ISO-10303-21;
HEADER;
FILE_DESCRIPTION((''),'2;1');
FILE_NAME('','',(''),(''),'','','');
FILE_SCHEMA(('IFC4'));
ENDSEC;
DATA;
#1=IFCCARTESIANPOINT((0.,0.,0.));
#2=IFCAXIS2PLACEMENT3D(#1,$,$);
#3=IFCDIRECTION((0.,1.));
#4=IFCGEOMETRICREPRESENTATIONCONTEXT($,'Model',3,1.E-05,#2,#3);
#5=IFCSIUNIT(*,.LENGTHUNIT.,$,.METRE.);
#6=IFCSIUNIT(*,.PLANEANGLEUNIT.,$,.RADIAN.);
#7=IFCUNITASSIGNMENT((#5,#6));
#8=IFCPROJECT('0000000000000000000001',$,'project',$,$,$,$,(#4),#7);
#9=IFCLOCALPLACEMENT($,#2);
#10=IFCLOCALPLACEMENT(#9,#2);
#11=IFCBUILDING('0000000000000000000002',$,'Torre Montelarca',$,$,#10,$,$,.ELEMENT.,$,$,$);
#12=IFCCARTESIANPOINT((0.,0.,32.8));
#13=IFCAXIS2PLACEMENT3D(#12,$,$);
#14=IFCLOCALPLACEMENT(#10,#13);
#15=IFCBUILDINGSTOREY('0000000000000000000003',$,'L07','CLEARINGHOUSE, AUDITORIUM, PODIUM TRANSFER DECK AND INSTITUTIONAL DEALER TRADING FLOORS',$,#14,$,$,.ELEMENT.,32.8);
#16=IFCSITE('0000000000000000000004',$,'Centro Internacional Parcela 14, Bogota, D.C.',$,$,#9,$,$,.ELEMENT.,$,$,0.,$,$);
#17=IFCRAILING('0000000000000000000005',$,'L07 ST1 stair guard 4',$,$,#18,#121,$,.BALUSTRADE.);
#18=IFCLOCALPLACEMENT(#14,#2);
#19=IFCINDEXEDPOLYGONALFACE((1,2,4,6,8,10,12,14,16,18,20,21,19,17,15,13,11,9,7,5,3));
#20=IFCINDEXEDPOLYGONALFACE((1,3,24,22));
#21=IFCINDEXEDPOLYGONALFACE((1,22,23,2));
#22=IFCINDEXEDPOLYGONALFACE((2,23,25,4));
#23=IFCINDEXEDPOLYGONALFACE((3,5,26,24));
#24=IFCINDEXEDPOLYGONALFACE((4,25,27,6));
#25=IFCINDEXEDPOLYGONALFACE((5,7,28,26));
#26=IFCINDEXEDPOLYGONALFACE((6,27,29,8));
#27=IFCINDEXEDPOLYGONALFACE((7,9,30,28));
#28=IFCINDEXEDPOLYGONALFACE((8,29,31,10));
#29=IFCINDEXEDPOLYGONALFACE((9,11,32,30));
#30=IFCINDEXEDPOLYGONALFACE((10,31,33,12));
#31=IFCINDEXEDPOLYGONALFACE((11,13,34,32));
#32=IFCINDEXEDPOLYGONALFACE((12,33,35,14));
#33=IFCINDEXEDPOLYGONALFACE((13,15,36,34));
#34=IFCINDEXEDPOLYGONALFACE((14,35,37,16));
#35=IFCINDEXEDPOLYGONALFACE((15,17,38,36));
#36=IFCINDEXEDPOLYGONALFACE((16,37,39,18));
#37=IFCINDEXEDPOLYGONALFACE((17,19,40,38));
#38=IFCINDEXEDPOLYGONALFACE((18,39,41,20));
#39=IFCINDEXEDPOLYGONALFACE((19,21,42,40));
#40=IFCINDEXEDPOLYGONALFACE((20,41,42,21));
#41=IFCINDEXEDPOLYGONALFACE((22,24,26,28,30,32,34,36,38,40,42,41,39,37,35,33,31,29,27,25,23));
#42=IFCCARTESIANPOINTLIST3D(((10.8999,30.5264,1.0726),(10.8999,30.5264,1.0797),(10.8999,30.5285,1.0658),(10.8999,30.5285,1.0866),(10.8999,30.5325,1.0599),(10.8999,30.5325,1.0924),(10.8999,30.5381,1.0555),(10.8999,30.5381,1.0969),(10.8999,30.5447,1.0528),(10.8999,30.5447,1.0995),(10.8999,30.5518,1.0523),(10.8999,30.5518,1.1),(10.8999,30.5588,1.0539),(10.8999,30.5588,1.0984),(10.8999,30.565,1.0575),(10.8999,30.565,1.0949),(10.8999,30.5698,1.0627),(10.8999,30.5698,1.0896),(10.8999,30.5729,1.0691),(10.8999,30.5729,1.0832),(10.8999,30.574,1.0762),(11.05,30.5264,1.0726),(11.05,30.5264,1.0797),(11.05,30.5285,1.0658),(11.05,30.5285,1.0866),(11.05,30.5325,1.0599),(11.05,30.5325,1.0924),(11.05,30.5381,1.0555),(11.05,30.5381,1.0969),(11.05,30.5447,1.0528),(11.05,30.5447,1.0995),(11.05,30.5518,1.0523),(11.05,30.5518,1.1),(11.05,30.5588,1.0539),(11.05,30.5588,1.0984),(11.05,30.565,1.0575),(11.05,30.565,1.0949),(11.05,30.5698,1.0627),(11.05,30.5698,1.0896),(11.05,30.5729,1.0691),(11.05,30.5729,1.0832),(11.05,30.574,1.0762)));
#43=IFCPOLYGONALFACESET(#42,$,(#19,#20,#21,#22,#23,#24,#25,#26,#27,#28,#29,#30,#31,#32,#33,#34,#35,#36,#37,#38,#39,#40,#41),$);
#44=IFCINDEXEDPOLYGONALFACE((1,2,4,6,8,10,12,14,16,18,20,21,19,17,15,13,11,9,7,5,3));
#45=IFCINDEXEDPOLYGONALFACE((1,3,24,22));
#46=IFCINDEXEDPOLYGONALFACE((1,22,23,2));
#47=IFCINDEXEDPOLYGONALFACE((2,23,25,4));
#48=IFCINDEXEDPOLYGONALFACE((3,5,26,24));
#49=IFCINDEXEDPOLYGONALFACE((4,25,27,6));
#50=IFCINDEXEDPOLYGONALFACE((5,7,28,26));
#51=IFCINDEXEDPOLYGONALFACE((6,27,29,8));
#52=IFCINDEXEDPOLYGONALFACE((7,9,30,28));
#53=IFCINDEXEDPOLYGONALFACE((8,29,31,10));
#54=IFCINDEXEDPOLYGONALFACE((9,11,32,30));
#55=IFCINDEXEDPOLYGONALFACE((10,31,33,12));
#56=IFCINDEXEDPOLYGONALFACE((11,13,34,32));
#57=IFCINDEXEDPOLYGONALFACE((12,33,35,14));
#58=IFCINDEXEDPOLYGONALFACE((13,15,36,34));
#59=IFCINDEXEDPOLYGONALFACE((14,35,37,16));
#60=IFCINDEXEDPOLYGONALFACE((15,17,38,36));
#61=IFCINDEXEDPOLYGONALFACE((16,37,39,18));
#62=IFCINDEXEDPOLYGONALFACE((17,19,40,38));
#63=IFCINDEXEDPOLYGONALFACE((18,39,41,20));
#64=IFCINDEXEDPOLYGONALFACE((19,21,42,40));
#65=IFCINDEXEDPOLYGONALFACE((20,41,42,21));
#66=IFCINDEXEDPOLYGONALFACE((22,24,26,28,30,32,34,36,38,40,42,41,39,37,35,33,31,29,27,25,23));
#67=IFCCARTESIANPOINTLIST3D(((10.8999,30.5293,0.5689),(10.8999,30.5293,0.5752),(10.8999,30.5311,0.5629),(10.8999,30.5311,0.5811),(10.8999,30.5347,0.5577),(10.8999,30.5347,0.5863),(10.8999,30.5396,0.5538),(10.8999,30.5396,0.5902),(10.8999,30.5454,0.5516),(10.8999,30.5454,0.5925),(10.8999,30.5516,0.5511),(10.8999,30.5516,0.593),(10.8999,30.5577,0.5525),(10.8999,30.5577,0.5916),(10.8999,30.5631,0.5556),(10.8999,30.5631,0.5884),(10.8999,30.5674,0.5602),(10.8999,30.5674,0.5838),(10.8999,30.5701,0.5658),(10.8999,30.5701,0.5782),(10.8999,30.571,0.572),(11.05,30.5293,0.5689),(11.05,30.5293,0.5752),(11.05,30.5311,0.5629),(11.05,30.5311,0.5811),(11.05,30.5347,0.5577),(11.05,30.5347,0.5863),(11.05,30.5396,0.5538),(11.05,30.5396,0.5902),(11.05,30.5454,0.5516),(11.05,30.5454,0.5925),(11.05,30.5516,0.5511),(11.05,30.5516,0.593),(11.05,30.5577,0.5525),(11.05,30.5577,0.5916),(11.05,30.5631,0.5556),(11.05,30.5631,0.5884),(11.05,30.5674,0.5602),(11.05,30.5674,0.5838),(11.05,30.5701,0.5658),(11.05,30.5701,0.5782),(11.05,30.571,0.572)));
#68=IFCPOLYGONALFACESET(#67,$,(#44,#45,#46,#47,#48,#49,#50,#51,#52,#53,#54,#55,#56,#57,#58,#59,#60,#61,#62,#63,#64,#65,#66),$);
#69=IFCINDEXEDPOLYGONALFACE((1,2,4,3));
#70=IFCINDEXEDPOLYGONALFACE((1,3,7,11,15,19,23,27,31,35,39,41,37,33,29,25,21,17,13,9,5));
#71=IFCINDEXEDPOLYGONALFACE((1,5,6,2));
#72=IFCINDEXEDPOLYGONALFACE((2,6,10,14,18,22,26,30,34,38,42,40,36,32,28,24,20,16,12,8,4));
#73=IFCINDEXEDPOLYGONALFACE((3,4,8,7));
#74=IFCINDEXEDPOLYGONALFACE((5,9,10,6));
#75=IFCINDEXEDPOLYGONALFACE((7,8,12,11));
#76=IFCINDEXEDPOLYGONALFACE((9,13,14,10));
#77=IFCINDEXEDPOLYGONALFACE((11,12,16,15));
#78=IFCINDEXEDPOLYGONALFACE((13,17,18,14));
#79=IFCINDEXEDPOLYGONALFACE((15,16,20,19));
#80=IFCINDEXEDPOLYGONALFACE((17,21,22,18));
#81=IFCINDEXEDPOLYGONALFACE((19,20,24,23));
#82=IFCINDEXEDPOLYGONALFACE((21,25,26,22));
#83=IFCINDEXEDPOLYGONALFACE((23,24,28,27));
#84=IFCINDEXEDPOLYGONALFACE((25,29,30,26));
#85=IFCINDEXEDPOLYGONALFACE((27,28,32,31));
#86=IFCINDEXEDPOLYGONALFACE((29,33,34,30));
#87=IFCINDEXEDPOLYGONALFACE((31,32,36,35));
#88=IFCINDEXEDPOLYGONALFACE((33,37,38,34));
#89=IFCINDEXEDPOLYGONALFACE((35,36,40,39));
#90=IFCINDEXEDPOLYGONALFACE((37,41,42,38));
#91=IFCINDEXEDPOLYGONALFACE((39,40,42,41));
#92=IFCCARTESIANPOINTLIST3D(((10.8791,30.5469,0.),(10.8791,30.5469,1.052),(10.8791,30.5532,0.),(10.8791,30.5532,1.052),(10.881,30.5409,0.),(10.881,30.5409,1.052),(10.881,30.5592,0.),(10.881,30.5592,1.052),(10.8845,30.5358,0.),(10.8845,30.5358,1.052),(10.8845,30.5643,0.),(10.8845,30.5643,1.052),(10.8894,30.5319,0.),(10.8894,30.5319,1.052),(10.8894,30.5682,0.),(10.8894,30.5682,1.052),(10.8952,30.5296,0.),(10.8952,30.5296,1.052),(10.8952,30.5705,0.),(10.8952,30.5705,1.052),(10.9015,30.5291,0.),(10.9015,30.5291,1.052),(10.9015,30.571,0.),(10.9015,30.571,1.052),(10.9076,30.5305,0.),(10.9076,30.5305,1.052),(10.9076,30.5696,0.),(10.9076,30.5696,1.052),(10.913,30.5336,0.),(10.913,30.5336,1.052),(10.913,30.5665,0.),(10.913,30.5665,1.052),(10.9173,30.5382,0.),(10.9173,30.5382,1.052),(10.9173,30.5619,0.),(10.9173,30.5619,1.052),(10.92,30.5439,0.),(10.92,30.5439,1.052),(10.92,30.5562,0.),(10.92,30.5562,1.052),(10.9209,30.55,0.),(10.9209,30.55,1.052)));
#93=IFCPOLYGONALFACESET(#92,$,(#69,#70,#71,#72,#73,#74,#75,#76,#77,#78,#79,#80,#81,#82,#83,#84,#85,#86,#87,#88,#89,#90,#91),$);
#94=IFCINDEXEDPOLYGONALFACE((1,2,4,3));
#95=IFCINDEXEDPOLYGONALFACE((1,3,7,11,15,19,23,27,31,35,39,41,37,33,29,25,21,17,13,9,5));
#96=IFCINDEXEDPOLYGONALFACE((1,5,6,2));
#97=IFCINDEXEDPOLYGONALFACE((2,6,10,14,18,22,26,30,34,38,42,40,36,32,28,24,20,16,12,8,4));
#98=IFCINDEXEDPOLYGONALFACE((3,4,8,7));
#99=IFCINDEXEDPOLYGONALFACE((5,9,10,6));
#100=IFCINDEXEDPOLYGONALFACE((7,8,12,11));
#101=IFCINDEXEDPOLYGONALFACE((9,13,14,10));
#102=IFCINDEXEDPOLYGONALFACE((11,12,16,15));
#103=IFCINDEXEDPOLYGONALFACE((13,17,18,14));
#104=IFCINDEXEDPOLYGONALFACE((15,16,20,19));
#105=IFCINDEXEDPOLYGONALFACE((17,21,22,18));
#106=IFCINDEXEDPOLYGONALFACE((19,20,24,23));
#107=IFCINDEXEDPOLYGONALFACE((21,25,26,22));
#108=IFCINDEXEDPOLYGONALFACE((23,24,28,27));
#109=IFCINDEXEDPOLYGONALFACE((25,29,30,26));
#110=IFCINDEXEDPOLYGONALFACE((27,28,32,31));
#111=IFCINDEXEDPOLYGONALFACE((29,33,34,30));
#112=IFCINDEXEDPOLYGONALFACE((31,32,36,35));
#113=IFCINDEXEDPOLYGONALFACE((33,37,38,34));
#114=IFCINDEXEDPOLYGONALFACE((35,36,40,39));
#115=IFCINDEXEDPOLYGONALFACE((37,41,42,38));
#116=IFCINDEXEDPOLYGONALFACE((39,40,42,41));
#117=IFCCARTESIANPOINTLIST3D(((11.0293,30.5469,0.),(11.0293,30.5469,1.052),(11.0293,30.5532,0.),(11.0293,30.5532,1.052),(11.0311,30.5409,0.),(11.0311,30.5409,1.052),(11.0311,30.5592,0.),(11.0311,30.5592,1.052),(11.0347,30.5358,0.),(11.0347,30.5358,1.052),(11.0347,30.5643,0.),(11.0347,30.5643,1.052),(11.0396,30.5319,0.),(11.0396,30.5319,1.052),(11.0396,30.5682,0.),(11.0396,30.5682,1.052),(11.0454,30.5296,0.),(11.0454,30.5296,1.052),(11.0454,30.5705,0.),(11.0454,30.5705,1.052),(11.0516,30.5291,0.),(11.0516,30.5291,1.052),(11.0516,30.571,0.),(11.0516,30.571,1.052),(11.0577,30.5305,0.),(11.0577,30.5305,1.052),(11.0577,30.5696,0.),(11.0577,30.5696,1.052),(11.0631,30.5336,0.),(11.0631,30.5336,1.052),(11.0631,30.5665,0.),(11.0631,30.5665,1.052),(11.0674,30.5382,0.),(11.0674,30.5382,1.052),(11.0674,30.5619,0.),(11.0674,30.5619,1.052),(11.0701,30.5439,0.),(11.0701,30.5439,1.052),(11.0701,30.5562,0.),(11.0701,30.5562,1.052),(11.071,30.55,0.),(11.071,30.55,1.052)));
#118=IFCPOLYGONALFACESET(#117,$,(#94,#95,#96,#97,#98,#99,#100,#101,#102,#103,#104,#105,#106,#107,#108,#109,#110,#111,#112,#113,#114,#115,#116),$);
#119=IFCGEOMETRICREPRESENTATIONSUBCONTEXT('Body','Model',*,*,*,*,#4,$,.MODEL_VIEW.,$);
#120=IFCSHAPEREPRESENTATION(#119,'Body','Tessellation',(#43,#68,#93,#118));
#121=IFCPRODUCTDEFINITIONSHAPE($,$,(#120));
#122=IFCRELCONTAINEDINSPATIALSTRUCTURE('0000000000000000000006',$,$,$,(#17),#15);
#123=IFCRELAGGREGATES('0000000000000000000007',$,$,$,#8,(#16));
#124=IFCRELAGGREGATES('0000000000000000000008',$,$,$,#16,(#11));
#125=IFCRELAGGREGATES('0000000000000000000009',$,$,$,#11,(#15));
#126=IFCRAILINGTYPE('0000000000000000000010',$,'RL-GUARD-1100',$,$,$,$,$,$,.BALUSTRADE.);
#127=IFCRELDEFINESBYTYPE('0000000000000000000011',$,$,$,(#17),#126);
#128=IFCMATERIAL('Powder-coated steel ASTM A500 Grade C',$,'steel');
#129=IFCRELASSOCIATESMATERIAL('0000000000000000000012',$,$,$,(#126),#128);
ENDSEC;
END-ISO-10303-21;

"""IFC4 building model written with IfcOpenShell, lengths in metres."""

from ifc_helpers import new_model, si_unit, direction, frame, origin, origin_2d, place, context, subcontext, project, spatial, circle, extrude, material, type_object, element, save


model = new_model("IFC4")

# Units and contexts
model_context = context("Model", 3, precision=1e-05, world=origin(), true_north=direction((0.0, 1.0)))
body_context = subcontext(model_context, "Body", "Model", "MODEL_VIEW")
ifc_project = project(units=[si_unit("LENGTHUNIT", "METRE"), si_unit("PLANEANGLEUNIT", "RADIAN")], contexts=[model_context])

# Site, building, storey
site_placement = place(None, origin())
site = spatial("IfcSite", under=ifc_project, at=site_placement, Name="Centro Internacional Parcela 14, Bogota, D.C.", CompositionType="ELEMENT", RefElevation=0.0)
building_placement = place(site_placement, origin())
building = spatial("IfcBuilding", under=site, at=building_placement, Name="Torre Montelarca", CompositionType="ELEMENT")
storey_placement = place(building_placement, frame((0.0, 0.0, 32.8)))
storey = spatial("IfcBuildingStorey", under=building, at=storey_placement, Name="L07", Description="CLEARINGHOUSE, AUDITORIUM, PODIUM TRANSFER DECK AND INSTITUTIONAL DEALER TRADING FLOORS", CompositionType="ELEMENT", Elevation=32.8)

# Railing
ifc_material_1 = material(Name="Powder-coated steel ASTM A500 Grade C", Category="steel")
railing_type_1 = type_object("IfcRailingType", Name="RL-GUARD-1100", PredefinedType="BALUSTRADE", material=ifc_material_1)
railing_1_placement = place(storey_placement, frame((10.8999, 30.55, 0.0)))
element("IfcRailing", 1, at=railing_1_placement, inside=storey, type_object=railing_type_1, Name="L07 ST1 stair guard 4", PredefinedType="BALUSTRADE", context=body_context, shape_type="SweptSolid", body=[
    extrude(circle(Radius=0.0239, at=origin_2d()), frame((0.0, 0.0, 1.0762), z_axis=(1.0, 0.0, 0.0), x_axis=(0.0, 1.0, 0.0)), (0.0, 0.0, 1.0), 0.1501),
    extrude(circle(Radius=0.021, at=origin_2d()), frame((0.0, 0.0, 0.572), z_axis=(1.0, 0.0, 0.0), x_axis=(0.0, 1.0, 0.0)), (0.0, 0.0, 1.0), 0.1501),
    extrude(circle(Radius=0.021, at=origin_2d()), origin(), (0.0, 0.0, 1.0), 1.052),
    extrude(circle(Radius=0.021, at=origin_2d()), frame((0.1501, 0.0, 0.0)), (0.0, 0.0, 1.0), 1.052),
])

save(model, "model.ifc")
